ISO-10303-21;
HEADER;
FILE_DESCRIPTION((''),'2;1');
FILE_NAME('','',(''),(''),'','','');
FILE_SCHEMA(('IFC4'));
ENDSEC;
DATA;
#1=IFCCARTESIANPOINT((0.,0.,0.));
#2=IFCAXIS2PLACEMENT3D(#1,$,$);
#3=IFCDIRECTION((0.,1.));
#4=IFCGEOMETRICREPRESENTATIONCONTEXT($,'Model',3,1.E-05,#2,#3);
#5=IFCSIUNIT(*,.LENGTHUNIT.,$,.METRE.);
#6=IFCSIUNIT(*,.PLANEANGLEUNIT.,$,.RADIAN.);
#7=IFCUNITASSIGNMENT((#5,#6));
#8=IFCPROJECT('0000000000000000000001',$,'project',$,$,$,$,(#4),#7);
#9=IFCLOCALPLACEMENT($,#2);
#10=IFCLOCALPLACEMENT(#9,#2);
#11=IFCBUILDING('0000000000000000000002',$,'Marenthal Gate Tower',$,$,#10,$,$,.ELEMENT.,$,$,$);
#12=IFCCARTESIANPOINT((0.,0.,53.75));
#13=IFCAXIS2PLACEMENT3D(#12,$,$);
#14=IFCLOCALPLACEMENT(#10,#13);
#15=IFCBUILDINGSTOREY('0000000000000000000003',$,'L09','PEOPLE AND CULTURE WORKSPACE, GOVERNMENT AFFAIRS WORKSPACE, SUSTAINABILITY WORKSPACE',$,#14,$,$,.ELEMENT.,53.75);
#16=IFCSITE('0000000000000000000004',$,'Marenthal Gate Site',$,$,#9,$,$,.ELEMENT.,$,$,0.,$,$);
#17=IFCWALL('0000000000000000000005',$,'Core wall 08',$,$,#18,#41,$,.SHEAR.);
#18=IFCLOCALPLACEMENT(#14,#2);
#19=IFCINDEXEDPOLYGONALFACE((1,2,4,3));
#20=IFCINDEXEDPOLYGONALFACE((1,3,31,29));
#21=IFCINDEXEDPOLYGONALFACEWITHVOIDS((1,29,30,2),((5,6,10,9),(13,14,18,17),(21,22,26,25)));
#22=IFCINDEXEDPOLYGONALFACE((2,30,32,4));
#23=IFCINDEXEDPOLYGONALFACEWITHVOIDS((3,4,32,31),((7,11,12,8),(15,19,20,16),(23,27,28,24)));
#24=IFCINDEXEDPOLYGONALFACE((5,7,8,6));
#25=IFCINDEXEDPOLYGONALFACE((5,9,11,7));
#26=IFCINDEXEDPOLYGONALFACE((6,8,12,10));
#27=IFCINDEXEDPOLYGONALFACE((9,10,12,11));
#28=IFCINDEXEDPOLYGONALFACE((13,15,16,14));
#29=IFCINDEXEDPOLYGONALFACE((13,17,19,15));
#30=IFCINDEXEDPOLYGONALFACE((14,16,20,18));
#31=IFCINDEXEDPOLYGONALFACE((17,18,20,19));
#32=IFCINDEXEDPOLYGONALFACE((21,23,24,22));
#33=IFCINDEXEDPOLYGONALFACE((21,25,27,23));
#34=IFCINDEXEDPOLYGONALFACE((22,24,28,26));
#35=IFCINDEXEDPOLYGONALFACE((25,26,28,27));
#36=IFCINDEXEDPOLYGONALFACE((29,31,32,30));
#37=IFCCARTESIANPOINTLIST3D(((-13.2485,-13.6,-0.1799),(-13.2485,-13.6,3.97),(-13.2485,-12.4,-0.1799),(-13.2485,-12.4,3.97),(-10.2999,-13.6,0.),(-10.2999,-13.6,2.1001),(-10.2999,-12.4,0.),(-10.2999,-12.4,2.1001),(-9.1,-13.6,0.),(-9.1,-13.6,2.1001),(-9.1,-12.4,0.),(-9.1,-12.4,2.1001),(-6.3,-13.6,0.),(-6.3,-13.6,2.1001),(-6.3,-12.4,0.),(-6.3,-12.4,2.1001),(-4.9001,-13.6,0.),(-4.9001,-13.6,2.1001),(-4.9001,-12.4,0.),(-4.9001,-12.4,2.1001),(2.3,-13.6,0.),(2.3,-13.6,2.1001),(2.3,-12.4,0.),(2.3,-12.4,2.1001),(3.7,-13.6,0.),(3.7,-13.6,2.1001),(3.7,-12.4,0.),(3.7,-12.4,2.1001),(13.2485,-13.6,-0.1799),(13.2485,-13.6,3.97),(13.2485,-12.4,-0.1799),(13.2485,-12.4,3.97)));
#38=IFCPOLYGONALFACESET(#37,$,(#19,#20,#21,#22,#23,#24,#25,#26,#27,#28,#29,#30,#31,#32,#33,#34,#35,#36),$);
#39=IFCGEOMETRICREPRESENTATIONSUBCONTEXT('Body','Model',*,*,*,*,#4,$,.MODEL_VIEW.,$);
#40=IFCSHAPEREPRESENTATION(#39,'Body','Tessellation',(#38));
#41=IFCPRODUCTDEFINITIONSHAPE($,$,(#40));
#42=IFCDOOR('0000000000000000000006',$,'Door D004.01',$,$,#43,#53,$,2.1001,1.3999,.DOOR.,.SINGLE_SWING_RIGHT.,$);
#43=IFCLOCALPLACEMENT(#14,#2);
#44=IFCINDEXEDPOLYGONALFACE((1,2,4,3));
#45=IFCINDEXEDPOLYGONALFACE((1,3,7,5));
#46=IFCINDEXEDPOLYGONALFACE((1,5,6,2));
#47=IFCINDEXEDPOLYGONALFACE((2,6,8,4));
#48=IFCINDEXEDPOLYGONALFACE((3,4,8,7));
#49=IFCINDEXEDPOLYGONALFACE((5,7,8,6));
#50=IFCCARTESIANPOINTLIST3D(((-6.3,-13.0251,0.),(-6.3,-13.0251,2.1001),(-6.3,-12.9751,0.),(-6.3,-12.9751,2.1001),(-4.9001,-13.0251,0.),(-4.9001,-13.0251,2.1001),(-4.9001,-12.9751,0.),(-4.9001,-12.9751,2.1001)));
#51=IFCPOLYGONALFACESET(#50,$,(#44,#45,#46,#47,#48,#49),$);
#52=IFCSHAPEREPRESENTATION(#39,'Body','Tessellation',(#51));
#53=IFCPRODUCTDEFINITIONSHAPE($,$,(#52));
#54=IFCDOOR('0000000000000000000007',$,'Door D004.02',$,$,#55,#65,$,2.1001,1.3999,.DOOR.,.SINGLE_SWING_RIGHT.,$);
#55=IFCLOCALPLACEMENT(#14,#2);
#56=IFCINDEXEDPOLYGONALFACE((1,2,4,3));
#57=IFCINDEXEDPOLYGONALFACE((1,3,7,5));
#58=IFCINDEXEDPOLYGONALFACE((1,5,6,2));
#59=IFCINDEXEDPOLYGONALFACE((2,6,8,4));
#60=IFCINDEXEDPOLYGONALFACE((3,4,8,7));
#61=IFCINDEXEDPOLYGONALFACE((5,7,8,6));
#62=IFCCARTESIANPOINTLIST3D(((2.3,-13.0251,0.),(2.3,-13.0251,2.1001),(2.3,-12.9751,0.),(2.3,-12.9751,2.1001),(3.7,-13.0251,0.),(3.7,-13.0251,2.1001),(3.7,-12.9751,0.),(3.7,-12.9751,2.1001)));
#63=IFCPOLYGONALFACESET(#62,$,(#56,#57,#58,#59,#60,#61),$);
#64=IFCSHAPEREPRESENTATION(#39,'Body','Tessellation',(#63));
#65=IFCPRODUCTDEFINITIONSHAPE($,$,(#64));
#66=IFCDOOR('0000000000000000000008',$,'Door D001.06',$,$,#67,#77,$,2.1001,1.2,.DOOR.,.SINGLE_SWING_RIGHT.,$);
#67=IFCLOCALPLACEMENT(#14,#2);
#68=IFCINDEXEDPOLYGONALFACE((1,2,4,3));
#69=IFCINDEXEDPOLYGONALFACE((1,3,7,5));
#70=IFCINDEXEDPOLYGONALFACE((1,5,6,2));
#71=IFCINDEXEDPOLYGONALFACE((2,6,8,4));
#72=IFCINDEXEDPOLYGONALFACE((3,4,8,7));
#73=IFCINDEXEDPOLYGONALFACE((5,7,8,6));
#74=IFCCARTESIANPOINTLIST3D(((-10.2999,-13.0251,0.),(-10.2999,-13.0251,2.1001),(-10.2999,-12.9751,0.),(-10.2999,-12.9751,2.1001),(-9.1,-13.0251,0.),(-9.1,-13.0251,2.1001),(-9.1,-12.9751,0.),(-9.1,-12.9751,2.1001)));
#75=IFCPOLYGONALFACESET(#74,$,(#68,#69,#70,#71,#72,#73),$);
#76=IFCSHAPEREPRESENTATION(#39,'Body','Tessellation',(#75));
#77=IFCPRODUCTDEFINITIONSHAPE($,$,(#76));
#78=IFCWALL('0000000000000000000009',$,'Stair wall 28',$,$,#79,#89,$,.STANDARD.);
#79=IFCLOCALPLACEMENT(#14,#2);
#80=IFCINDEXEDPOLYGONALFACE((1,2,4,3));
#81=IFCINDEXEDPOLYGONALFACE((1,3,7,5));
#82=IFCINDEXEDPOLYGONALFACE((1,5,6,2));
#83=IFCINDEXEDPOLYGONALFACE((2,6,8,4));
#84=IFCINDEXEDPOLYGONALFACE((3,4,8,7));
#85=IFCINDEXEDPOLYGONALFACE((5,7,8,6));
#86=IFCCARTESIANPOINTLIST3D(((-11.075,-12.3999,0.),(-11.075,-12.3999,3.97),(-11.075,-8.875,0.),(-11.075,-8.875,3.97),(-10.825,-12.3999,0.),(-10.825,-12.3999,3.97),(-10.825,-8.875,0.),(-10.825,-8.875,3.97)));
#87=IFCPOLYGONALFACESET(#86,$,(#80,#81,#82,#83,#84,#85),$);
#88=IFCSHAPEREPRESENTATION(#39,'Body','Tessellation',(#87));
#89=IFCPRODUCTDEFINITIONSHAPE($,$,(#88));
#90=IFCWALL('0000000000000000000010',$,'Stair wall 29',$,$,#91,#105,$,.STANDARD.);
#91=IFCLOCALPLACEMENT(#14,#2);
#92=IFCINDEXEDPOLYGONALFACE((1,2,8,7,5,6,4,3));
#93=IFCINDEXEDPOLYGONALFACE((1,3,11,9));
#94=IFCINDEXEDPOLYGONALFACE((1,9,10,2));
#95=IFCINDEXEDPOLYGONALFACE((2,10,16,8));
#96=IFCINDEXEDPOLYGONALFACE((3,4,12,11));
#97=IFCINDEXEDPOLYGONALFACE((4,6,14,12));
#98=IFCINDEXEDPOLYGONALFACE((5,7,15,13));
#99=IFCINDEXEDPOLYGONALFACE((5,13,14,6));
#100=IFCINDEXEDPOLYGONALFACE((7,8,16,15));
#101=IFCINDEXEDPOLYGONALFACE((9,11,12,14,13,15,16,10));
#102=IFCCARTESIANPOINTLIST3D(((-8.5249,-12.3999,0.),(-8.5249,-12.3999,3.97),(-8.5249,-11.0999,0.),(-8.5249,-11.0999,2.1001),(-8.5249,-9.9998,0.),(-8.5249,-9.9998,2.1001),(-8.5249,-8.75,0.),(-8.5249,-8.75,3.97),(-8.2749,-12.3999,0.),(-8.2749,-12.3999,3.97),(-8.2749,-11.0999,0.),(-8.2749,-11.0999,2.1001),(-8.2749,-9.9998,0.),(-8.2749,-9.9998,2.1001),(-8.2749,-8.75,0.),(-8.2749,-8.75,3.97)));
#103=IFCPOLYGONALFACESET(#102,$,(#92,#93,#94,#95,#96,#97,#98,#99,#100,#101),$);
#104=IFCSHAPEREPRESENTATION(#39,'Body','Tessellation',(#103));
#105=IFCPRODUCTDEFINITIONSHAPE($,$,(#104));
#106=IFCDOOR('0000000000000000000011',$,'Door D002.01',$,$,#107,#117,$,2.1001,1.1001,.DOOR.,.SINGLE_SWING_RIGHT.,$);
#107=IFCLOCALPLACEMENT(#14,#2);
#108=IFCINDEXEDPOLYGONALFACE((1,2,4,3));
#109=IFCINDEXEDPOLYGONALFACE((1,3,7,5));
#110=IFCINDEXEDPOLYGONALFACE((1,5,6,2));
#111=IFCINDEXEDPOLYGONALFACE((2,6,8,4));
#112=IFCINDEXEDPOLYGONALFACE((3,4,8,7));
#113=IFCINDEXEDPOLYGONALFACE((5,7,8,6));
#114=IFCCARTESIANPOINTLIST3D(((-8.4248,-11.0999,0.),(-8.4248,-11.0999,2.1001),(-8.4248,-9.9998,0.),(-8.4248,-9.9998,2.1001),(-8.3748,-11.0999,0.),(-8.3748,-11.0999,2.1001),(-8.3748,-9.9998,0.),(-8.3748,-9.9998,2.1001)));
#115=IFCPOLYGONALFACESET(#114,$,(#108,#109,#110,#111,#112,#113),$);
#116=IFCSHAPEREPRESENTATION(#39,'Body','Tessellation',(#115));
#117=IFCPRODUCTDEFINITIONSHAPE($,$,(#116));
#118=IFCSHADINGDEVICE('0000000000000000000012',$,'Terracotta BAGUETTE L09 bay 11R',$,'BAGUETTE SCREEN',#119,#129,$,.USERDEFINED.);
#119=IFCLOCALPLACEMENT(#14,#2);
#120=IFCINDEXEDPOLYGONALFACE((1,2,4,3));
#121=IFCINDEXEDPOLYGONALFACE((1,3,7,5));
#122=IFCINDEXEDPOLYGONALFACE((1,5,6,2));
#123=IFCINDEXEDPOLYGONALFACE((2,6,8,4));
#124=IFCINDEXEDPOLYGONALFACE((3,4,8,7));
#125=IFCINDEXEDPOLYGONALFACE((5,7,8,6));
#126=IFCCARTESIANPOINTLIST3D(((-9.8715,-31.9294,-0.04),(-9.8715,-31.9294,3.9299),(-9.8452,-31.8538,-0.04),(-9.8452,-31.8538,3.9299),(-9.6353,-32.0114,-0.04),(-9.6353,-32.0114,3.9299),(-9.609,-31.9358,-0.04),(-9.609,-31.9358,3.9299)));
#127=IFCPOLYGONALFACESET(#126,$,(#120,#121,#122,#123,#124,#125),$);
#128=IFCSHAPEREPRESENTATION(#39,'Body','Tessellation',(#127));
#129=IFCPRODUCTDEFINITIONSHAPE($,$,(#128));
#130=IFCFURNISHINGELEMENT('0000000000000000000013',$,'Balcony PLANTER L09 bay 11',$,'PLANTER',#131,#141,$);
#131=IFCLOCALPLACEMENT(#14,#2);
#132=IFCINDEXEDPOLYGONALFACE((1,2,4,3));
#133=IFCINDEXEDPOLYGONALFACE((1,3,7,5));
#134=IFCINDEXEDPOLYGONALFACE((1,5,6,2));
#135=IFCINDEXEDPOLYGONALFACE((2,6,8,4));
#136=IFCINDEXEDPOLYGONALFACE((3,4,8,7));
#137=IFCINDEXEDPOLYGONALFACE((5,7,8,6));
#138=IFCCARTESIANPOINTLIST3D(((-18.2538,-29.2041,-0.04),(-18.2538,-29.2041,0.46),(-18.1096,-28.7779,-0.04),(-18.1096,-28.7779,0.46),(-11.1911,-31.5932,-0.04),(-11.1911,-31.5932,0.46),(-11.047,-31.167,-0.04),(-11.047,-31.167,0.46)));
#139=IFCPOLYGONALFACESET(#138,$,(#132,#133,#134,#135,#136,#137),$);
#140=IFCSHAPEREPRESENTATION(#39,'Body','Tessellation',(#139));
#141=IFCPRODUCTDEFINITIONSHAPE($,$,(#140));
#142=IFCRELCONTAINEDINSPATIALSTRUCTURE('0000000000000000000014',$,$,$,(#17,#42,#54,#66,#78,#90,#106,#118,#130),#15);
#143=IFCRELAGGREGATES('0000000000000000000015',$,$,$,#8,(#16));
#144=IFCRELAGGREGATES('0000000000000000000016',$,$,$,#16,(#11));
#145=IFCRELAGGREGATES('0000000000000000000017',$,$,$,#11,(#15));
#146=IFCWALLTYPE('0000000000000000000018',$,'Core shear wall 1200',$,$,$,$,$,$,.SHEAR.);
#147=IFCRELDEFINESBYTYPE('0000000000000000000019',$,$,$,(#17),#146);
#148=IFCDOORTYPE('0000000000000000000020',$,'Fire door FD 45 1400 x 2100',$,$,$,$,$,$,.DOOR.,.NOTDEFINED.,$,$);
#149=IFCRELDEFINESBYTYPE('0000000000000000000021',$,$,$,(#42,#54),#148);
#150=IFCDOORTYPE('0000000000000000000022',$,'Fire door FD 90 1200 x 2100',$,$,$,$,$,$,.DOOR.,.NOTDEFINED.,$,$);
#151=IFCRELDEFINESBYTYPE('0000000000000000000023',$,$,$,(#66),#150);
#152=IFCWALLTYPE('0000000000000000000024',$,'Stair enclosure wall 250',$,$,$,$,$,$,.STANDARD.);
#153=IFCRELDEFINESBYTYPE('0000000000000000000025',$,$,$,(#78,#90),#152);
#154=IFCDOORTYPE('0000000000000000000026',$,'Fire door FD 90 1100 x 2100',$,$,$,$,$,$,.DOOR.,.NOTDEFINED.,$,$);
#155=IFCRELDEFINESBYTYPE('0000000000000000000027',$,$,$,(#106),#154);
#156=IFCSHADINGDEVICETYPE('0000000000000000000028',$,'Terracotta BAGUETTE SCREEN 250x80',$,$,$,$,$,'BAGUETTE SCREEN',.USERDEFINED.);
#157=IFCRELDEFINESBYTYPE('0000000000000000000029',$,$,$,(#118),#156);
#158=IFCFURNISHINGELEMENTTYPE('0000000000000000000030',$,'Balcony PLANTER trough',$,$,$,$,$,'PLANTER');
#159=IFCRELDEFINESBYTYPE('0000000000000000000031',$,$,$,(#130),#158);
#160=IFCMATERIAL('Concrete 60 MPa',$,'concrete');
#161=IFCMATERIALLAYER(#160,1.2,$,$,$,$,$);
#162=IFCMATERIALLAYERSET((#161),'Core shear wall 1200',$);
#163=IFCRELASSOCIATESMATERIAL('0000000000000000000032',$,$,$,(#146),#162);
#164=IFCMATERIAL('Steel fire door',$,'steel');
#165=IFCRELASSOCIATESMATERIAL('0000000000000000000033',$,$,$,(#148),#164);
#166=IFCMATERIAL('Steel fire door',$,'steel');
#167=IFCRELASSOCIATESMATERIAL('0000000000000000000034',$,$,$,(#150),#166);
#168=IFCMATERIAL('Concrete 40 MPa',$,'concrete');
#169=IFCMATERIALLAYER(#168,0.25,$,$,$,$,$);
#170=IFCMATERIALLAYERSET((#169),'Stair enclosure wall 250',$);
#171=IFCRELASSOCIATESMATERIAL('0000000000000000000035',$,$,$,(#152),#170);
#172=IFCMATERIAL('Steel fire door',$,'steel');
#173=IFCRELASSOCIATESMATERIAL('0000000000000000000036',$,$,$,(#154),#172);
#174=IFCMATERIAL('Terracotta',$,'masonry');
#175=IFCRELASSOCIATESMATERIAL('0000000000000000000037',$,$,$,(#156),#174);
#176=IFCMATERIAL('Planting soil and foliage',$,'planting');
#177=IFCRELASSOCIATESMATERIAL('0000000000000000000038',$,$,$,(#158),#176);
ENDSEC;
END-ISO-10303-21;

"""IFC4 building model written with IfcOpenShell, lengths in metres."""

from ifc_helpers import new_model, si_unit, direction, frame, frame_2d, origin, origin_2d, place, context, subcontext, project, spatial, rectangle, extrude, material, layer, layer_set, material_profile, profile_set, type_object, element, fill, save


model = new_model("IFC4")

# Units and contexts
model_context = context("Model", 3, precision=1e-05, world=origin(), true_north=direction((0.0, 1.0)))
body_context = subcontext(model_context, "Body", "Model", "MODEL_VIEW")
ifc_project = project(units=[si_unit("LENGTHUNIT", "METRE"), si_unit("PLANEANGLEUNIT", "RADIAN")], contexts=[model_context])

# Site, building, storey
site_placement = place(None, origin())
site = spatial("IfcSite", under=ifc_project, at=site_placement, Name="Marenthal Gate Site", CompositionType="ELEMENT", RefElevation=0.0)
building_placement = place(site_placement, origin())
building = spatial("IfcBuilding", under=site, at=building_placement, Name="Marenthal Gate Tower", CompositionType="ELEMENT")
storey_placement = place(building_placement, frame((0.0, 0.0, 53.75)))
storey = spatial("IfcBuildingStorey", under=building, at=storey_placement, Name="L09", Description="PEOPLE AND CULTURE WORKSPACE, GOVERNMENT AFFAIRS WORKSPACE, SUSTAINABILITY WORKSPACE", CompositionType="ELEMENT", Elevation=53.75)

# Wall, openings, doors
ifc_material_1 = material(Name="Concrete 60 MPa", Category="concrete")
ifc_layer_1 = layer(ifc_material_1, 1.2)
ifc_layer_set_1 = layer_set([ifc_layer_1], Name="Core shear wall 1200")
wall_type_1 = type_object("IfcWallType", Name="Core shear wall 1200", PredefinedType="SHEAR", material=ifc_layer_set_1)
wall_1_placement = place(storey_placement, frame((-13.2485, -13.0, -0.1799), z_axis=(0.0, 0.0, 1.0), x_axis=(1.0, 0.0, 0.0)))
wall_1 = element("IfcWall", 1, at=wall_1_placement, inside=storey, type_object=wall_type_1, Name="Core wall 08", PredefinedType="SHEAR", context=body_context, shape_type="SweptSolid", body=[
    extrude(rectangle(XDim=26.4971, YDim=1.2, at=frame_2d((13.2485, 0.0))), origin(), (0.0, 0.0, 1.0), 4.1499),
])
opening_1_placement = place(wall_1_placement, frame((2.9485, 0.0, 0.1799)))
opening_1 = element("IfcOpeningElement", 2, at=opening_1_placement, cuts=wall_1, PredefinedType="OPENING", context=body_context, shape_type="SweptSolid", body=[
    extrude(rectangle(XDim=1.2, YDim=2.1001, at=frame_2d((0.6001, 1.05))), frame((0.0, 0.6099, 0.0), z_axis=(0.0, -1.0, 0.0), x_axis=(1.0, 0.0, 0.0)), (0.0, 0.0, 1.0), 1.22),
])
opening_2_placement = place(wall_1_placement, frame((6.9485, 0.0, 0.1799)))
opening_2 = element("IfcOpeningElement", 3, at=opening_2_placement, cuts=wall_1, PredefinedType="OPENING", context=body_context, shape_type="SweptSolid", body=[
    extrude(rectangle(XDim=1.3999, YDim=2.1001, at=frame_2d((0.7, 1.05))), frame((0.0, 0.6099, 0.0), z_axis=(0.0, -1.0, 0.0), x_axis=(1.0, 0.0, 0.0)), (0.0, 0.0, 1.0), 1.22),
])
opening_3_placement = place(wall_1_placement, frame((15.5486, 0.0, 0.1799)))
opening_3 = element("IfcOpeningElement", 4, at=opening_3_placement, cuts=wall_1, PredefinedType="OPENING", context=body_context, shape_type="SweptSolid", body=[
    extrude(rectangle(XDim=1.3999, YDim=2.1001, at=frame_2d((0.7, 1.05))), frame((0.0, 0.6099, 0.0), z_axis=(0.0, -1.0, 0.0), x_axis=(1.0, 0.0, 0.0)), (0.0, 0.0, 1.0), 1.22),
])
ifc_material_2 = material(Name="Steel fire door", Category="steel")
door_type_1 = type_object("IfcDoorType", Name="Fire door FD 45 1400 x 2100", OperationType="NOTDEFINED", PredefinedType="DOOR", material=ifc_material_2)
door_1_placement = place(opening_2_placement, origin())
door_1 = element("IfcDoor", 5, at=door_1_placement, inside=storey, type_object=door_type_1, Name="Door D004.01", OperationType="SINGLE_SWING_RIGHT", OverallHeight=2.1001, OverallWidth=1.3999, PredefinedType="DOOR", context=body_context, shape_type="SweptSolid", body=[
    extrude(rectangle(XDim=1.3999, YDim=2.1001, at=frame_2d((0.7, 1.05))), frame((0.0, 0.0249, 0.0), z_axis=(0.0, -1.0, 0.0), x_axis=(1.0, 0.0, 0.0)), (0.0, 0.0, 1.0), 0.05),
])
fill(opening_2, door_1)
door_2_placement = place(opening_3_placement, origin())
door_2 = element("IfcDoor", 6, at=door_2_placement, inside=storey, type_object=door_type_1, Name="Door D004.02", OperationType="SINGLE_SWING_RIGHT", OverallHeight=2.1001, OverallWidth=1.3999, PredefinedType="DOOR", context=body_context, shape_type="SweptSolid", body=[
    extrude(rectangle(XDim=1.3999, YDim=2.1001, at=frame_2d((0.7, 1.05))), frame((0.0, 0.0249, 0.0), z_axis=(0.0, -1.0, 0.0), x_axis=(1.0, 0.0, 0.0)), (0.0, 0.0, 1.0), 0.05),
])
fill(opening_3, door_2)
ifc_material_3 = material(Name="Steel fire door", Category="steel")
door_type_2 = type_object("IfcDoorType", Name="Fire door FD 90 1200 x 2100", OperationType="NOTDEFINED", PredefinedType="DOOR", material=ifc_material_3)
door_3_placement = place(opening_1_placement, origin())
door_3 = element("IfcDoor", 7, at=door_3_placement, inside=storey, type_object=door_type_2, Name="Door D001.06", OperationType="SINGLE_SWING_RIGHT", OverallHeight=2.1001, OverallWidth=1.2, PredefinedType="DOOR", context=body_context, shape_type="SweptSolid", body=[
    extrude(rectangle(XDim=1.2, YDim=2.1001, at=frame_2d((0.6001, 1.05))), frame((0.0, 0.0249, 0.0), z_axis=(0.0, -1.0, 0.0), x_axis=(1.0, 0.0, 0.0)), (0.0, 0.0, 1.0), 0.05),
])
fill(opening_1, door_3)

# Wall
ifc_material_4 = material(Name="Concrete 40 MPa", Category="concrete")
ifc_layer_2 = layer(ifc_material_4, 0.25)
ifc_layer_set_2 = layer_set([ifc_layer_2], Name="Stair enclosure wall 250")
wall_type_2 = type_object("IfcWallType", Name="Stair enclosure wall 250", PredefinedType="STANDARD", material=ifc_layer_set_2)
wall_2_placement = place(storey_placement, frame((-10.95, -12.3999, 0.0), z_axis=(0.0, 0.0, 1.0), x_axis=(0.0, 1.0, 0.0)))
element("IfcWall", 8, at=wall_2_placement, inside=storey, type_object=wall_type_2, Name="Stair wall 28", PredefinedType="STANDARD", context=body_context, shape_type="SweptSolid", body=[
    extrude(rectangle(XDim=3.5249, YDim=0.25, at=frame_2d((1.7625, 0.0))), origin(), (0.0, 0.0, 1.0), 3.97),
])

# Wall, opening, door
wall_3_placement = place(storey_placement, frame((-8.3999, -12.3999, 0.0), z_axis=(0.0, 0.0, 1.0), x_axis=(0.0, 1.0, 0.0)))
wall_3 = element("IfcWall", 9, at=wall_3_placement, inside=storey, type_object=wall_type_2, Name="Stair wall 29", PredefinedType="STANDARD", context=body_context, shape_type="SweptSolid", body=[
    extrude(rectangle(XDim=3.6499, YDim=0.25, at=frame_2d((1.825, 0.0))), origin(), (0.0, 0.0, 1.0), 3.97),
])
opening_4_placement = place(wall_3_placement, frame((1.3, 0.0, 0.0)))
opening_4 = element("IfcOpeningElement", 10, at=opening_4_placement, cuts=wall_3, PredefinedType="OPENING", context=body_context, shape_type="SweptSolid", body=[
    extrude(rectangle(XDim=1.1001, YDim=2.1001, at=frame_2d((0.55, 1.05))), frame((0.0, 0.135, 0.0), z_axis=(0.0, -1.0, 0.0), x_axis=(1.0, 0.0, 0.0)), (0.0, 0.0, 1.0), 0.27),
])
ifc_material_5 = material(Name="Steel fire door", Category="steel")
door_type_3 = type_object("IfcDoorType", Name="Fire door FD 90 1100 x 2100", OperationType="NOTDEFINED", PredefinedType="DOOR", material=ifc_material_5)
door_4_placement = place(opening_4_placement, origin())
door_4 = element("IfcDoor", 11, at=door_4_placement, inside=storey, type_object=door_type_3, Name="Door D002.01", OperationType="SINGLE_SWING_RIGHT", OverallHeight=2.1001, OverallWidth=1.1001, PredefinedType="DOOR", context=body_context, shape_type="SweptSolid", body=[
    extrude(rectangle(XDim=1.1001, YDim=2.1001, at=frame_2d((0.55, 1.05))), frame((0.0, 0.0249, 0.0), z_axis=(0.0, -1.0, 0.0), x_axis=(1.0, 0.0, 0.0)), (0.0, 0.0, 1.0), 0.05),
])
fill(opening_4, door_4)

# Shading device
ifc_material_6 = material(Name="Terracotta", Category="masonry")
ifc_material_profile_1 = material_profile(ifc_material_6, rectangle(XDim=0.25, YDim=0.0801, at=origin_2d()), Name="Terracotta baguette 250x80")
ifc_profile_set_1 = profile_set([ifc_material_profile_1], Name="Terracotta")
shading_device_type = type_object("IfcShadingDeviceType", Name="Terracotta BAGUETTE SCREEN 250x80", ElementType="BAGUETTE SCREEN", PredefinedType="USERDEFINED", material=ifc_profile_set_1)
shading_device_placement = place(storey_placement, frame((-9.7402, -31.9326, -0.04), z_axis=(0.0, 0.0, 1.0), x_axis=(0.944691, -0.327963, 0.0)))
element("IfcShadingDevice", 12, at=shading_device_placement, inside=storey, type_object=shading_device_type, Name="Terracotta BAGUETTE L09 bay 11R", ObjectType="BAGUETTE SCREEN", PredefinedType="USERDEFINED", context=body_context, shape_type="SweptSolid", body=[
    extrude(rectangle(XDim=0.25, YDim=0.0801, at=origin_2d()), origin(), (0.0, 0.0, 1.0), 3.97),
])

# Furnishing element
ifc_material_7 = material(Name="Planting soil and foliage", Category="planting")
furnishing_element_type = type_object("IfcFurnishingElementType", Name="Balcony PLANTER trough", ElementType="PLANTER", material=ifc_material_7)
furnishing_placement = place(storey_placement, frame((-14.6504, -30.1855, -0.04), z_axis=(0.0, 0.0, 1.0), x_axis=(0.947271, -0.320433, 0.0)))
element("IfcFurnishingElement", 13, at=furnishing_placement, inside=storey, type_object=furnishing_element_type, Name="Balcony PLANTER L09 bay 11", ObjectType="PLANTER", context=body_context, shape_type="SweptSolid", body=[
    extrude(rectangle(XDim=7.4558, YDim=0.45, at=origin_2d()), origin(), (0.0, 0.0, 1.0), 0.5),
])

save(model, "model.ifc")
